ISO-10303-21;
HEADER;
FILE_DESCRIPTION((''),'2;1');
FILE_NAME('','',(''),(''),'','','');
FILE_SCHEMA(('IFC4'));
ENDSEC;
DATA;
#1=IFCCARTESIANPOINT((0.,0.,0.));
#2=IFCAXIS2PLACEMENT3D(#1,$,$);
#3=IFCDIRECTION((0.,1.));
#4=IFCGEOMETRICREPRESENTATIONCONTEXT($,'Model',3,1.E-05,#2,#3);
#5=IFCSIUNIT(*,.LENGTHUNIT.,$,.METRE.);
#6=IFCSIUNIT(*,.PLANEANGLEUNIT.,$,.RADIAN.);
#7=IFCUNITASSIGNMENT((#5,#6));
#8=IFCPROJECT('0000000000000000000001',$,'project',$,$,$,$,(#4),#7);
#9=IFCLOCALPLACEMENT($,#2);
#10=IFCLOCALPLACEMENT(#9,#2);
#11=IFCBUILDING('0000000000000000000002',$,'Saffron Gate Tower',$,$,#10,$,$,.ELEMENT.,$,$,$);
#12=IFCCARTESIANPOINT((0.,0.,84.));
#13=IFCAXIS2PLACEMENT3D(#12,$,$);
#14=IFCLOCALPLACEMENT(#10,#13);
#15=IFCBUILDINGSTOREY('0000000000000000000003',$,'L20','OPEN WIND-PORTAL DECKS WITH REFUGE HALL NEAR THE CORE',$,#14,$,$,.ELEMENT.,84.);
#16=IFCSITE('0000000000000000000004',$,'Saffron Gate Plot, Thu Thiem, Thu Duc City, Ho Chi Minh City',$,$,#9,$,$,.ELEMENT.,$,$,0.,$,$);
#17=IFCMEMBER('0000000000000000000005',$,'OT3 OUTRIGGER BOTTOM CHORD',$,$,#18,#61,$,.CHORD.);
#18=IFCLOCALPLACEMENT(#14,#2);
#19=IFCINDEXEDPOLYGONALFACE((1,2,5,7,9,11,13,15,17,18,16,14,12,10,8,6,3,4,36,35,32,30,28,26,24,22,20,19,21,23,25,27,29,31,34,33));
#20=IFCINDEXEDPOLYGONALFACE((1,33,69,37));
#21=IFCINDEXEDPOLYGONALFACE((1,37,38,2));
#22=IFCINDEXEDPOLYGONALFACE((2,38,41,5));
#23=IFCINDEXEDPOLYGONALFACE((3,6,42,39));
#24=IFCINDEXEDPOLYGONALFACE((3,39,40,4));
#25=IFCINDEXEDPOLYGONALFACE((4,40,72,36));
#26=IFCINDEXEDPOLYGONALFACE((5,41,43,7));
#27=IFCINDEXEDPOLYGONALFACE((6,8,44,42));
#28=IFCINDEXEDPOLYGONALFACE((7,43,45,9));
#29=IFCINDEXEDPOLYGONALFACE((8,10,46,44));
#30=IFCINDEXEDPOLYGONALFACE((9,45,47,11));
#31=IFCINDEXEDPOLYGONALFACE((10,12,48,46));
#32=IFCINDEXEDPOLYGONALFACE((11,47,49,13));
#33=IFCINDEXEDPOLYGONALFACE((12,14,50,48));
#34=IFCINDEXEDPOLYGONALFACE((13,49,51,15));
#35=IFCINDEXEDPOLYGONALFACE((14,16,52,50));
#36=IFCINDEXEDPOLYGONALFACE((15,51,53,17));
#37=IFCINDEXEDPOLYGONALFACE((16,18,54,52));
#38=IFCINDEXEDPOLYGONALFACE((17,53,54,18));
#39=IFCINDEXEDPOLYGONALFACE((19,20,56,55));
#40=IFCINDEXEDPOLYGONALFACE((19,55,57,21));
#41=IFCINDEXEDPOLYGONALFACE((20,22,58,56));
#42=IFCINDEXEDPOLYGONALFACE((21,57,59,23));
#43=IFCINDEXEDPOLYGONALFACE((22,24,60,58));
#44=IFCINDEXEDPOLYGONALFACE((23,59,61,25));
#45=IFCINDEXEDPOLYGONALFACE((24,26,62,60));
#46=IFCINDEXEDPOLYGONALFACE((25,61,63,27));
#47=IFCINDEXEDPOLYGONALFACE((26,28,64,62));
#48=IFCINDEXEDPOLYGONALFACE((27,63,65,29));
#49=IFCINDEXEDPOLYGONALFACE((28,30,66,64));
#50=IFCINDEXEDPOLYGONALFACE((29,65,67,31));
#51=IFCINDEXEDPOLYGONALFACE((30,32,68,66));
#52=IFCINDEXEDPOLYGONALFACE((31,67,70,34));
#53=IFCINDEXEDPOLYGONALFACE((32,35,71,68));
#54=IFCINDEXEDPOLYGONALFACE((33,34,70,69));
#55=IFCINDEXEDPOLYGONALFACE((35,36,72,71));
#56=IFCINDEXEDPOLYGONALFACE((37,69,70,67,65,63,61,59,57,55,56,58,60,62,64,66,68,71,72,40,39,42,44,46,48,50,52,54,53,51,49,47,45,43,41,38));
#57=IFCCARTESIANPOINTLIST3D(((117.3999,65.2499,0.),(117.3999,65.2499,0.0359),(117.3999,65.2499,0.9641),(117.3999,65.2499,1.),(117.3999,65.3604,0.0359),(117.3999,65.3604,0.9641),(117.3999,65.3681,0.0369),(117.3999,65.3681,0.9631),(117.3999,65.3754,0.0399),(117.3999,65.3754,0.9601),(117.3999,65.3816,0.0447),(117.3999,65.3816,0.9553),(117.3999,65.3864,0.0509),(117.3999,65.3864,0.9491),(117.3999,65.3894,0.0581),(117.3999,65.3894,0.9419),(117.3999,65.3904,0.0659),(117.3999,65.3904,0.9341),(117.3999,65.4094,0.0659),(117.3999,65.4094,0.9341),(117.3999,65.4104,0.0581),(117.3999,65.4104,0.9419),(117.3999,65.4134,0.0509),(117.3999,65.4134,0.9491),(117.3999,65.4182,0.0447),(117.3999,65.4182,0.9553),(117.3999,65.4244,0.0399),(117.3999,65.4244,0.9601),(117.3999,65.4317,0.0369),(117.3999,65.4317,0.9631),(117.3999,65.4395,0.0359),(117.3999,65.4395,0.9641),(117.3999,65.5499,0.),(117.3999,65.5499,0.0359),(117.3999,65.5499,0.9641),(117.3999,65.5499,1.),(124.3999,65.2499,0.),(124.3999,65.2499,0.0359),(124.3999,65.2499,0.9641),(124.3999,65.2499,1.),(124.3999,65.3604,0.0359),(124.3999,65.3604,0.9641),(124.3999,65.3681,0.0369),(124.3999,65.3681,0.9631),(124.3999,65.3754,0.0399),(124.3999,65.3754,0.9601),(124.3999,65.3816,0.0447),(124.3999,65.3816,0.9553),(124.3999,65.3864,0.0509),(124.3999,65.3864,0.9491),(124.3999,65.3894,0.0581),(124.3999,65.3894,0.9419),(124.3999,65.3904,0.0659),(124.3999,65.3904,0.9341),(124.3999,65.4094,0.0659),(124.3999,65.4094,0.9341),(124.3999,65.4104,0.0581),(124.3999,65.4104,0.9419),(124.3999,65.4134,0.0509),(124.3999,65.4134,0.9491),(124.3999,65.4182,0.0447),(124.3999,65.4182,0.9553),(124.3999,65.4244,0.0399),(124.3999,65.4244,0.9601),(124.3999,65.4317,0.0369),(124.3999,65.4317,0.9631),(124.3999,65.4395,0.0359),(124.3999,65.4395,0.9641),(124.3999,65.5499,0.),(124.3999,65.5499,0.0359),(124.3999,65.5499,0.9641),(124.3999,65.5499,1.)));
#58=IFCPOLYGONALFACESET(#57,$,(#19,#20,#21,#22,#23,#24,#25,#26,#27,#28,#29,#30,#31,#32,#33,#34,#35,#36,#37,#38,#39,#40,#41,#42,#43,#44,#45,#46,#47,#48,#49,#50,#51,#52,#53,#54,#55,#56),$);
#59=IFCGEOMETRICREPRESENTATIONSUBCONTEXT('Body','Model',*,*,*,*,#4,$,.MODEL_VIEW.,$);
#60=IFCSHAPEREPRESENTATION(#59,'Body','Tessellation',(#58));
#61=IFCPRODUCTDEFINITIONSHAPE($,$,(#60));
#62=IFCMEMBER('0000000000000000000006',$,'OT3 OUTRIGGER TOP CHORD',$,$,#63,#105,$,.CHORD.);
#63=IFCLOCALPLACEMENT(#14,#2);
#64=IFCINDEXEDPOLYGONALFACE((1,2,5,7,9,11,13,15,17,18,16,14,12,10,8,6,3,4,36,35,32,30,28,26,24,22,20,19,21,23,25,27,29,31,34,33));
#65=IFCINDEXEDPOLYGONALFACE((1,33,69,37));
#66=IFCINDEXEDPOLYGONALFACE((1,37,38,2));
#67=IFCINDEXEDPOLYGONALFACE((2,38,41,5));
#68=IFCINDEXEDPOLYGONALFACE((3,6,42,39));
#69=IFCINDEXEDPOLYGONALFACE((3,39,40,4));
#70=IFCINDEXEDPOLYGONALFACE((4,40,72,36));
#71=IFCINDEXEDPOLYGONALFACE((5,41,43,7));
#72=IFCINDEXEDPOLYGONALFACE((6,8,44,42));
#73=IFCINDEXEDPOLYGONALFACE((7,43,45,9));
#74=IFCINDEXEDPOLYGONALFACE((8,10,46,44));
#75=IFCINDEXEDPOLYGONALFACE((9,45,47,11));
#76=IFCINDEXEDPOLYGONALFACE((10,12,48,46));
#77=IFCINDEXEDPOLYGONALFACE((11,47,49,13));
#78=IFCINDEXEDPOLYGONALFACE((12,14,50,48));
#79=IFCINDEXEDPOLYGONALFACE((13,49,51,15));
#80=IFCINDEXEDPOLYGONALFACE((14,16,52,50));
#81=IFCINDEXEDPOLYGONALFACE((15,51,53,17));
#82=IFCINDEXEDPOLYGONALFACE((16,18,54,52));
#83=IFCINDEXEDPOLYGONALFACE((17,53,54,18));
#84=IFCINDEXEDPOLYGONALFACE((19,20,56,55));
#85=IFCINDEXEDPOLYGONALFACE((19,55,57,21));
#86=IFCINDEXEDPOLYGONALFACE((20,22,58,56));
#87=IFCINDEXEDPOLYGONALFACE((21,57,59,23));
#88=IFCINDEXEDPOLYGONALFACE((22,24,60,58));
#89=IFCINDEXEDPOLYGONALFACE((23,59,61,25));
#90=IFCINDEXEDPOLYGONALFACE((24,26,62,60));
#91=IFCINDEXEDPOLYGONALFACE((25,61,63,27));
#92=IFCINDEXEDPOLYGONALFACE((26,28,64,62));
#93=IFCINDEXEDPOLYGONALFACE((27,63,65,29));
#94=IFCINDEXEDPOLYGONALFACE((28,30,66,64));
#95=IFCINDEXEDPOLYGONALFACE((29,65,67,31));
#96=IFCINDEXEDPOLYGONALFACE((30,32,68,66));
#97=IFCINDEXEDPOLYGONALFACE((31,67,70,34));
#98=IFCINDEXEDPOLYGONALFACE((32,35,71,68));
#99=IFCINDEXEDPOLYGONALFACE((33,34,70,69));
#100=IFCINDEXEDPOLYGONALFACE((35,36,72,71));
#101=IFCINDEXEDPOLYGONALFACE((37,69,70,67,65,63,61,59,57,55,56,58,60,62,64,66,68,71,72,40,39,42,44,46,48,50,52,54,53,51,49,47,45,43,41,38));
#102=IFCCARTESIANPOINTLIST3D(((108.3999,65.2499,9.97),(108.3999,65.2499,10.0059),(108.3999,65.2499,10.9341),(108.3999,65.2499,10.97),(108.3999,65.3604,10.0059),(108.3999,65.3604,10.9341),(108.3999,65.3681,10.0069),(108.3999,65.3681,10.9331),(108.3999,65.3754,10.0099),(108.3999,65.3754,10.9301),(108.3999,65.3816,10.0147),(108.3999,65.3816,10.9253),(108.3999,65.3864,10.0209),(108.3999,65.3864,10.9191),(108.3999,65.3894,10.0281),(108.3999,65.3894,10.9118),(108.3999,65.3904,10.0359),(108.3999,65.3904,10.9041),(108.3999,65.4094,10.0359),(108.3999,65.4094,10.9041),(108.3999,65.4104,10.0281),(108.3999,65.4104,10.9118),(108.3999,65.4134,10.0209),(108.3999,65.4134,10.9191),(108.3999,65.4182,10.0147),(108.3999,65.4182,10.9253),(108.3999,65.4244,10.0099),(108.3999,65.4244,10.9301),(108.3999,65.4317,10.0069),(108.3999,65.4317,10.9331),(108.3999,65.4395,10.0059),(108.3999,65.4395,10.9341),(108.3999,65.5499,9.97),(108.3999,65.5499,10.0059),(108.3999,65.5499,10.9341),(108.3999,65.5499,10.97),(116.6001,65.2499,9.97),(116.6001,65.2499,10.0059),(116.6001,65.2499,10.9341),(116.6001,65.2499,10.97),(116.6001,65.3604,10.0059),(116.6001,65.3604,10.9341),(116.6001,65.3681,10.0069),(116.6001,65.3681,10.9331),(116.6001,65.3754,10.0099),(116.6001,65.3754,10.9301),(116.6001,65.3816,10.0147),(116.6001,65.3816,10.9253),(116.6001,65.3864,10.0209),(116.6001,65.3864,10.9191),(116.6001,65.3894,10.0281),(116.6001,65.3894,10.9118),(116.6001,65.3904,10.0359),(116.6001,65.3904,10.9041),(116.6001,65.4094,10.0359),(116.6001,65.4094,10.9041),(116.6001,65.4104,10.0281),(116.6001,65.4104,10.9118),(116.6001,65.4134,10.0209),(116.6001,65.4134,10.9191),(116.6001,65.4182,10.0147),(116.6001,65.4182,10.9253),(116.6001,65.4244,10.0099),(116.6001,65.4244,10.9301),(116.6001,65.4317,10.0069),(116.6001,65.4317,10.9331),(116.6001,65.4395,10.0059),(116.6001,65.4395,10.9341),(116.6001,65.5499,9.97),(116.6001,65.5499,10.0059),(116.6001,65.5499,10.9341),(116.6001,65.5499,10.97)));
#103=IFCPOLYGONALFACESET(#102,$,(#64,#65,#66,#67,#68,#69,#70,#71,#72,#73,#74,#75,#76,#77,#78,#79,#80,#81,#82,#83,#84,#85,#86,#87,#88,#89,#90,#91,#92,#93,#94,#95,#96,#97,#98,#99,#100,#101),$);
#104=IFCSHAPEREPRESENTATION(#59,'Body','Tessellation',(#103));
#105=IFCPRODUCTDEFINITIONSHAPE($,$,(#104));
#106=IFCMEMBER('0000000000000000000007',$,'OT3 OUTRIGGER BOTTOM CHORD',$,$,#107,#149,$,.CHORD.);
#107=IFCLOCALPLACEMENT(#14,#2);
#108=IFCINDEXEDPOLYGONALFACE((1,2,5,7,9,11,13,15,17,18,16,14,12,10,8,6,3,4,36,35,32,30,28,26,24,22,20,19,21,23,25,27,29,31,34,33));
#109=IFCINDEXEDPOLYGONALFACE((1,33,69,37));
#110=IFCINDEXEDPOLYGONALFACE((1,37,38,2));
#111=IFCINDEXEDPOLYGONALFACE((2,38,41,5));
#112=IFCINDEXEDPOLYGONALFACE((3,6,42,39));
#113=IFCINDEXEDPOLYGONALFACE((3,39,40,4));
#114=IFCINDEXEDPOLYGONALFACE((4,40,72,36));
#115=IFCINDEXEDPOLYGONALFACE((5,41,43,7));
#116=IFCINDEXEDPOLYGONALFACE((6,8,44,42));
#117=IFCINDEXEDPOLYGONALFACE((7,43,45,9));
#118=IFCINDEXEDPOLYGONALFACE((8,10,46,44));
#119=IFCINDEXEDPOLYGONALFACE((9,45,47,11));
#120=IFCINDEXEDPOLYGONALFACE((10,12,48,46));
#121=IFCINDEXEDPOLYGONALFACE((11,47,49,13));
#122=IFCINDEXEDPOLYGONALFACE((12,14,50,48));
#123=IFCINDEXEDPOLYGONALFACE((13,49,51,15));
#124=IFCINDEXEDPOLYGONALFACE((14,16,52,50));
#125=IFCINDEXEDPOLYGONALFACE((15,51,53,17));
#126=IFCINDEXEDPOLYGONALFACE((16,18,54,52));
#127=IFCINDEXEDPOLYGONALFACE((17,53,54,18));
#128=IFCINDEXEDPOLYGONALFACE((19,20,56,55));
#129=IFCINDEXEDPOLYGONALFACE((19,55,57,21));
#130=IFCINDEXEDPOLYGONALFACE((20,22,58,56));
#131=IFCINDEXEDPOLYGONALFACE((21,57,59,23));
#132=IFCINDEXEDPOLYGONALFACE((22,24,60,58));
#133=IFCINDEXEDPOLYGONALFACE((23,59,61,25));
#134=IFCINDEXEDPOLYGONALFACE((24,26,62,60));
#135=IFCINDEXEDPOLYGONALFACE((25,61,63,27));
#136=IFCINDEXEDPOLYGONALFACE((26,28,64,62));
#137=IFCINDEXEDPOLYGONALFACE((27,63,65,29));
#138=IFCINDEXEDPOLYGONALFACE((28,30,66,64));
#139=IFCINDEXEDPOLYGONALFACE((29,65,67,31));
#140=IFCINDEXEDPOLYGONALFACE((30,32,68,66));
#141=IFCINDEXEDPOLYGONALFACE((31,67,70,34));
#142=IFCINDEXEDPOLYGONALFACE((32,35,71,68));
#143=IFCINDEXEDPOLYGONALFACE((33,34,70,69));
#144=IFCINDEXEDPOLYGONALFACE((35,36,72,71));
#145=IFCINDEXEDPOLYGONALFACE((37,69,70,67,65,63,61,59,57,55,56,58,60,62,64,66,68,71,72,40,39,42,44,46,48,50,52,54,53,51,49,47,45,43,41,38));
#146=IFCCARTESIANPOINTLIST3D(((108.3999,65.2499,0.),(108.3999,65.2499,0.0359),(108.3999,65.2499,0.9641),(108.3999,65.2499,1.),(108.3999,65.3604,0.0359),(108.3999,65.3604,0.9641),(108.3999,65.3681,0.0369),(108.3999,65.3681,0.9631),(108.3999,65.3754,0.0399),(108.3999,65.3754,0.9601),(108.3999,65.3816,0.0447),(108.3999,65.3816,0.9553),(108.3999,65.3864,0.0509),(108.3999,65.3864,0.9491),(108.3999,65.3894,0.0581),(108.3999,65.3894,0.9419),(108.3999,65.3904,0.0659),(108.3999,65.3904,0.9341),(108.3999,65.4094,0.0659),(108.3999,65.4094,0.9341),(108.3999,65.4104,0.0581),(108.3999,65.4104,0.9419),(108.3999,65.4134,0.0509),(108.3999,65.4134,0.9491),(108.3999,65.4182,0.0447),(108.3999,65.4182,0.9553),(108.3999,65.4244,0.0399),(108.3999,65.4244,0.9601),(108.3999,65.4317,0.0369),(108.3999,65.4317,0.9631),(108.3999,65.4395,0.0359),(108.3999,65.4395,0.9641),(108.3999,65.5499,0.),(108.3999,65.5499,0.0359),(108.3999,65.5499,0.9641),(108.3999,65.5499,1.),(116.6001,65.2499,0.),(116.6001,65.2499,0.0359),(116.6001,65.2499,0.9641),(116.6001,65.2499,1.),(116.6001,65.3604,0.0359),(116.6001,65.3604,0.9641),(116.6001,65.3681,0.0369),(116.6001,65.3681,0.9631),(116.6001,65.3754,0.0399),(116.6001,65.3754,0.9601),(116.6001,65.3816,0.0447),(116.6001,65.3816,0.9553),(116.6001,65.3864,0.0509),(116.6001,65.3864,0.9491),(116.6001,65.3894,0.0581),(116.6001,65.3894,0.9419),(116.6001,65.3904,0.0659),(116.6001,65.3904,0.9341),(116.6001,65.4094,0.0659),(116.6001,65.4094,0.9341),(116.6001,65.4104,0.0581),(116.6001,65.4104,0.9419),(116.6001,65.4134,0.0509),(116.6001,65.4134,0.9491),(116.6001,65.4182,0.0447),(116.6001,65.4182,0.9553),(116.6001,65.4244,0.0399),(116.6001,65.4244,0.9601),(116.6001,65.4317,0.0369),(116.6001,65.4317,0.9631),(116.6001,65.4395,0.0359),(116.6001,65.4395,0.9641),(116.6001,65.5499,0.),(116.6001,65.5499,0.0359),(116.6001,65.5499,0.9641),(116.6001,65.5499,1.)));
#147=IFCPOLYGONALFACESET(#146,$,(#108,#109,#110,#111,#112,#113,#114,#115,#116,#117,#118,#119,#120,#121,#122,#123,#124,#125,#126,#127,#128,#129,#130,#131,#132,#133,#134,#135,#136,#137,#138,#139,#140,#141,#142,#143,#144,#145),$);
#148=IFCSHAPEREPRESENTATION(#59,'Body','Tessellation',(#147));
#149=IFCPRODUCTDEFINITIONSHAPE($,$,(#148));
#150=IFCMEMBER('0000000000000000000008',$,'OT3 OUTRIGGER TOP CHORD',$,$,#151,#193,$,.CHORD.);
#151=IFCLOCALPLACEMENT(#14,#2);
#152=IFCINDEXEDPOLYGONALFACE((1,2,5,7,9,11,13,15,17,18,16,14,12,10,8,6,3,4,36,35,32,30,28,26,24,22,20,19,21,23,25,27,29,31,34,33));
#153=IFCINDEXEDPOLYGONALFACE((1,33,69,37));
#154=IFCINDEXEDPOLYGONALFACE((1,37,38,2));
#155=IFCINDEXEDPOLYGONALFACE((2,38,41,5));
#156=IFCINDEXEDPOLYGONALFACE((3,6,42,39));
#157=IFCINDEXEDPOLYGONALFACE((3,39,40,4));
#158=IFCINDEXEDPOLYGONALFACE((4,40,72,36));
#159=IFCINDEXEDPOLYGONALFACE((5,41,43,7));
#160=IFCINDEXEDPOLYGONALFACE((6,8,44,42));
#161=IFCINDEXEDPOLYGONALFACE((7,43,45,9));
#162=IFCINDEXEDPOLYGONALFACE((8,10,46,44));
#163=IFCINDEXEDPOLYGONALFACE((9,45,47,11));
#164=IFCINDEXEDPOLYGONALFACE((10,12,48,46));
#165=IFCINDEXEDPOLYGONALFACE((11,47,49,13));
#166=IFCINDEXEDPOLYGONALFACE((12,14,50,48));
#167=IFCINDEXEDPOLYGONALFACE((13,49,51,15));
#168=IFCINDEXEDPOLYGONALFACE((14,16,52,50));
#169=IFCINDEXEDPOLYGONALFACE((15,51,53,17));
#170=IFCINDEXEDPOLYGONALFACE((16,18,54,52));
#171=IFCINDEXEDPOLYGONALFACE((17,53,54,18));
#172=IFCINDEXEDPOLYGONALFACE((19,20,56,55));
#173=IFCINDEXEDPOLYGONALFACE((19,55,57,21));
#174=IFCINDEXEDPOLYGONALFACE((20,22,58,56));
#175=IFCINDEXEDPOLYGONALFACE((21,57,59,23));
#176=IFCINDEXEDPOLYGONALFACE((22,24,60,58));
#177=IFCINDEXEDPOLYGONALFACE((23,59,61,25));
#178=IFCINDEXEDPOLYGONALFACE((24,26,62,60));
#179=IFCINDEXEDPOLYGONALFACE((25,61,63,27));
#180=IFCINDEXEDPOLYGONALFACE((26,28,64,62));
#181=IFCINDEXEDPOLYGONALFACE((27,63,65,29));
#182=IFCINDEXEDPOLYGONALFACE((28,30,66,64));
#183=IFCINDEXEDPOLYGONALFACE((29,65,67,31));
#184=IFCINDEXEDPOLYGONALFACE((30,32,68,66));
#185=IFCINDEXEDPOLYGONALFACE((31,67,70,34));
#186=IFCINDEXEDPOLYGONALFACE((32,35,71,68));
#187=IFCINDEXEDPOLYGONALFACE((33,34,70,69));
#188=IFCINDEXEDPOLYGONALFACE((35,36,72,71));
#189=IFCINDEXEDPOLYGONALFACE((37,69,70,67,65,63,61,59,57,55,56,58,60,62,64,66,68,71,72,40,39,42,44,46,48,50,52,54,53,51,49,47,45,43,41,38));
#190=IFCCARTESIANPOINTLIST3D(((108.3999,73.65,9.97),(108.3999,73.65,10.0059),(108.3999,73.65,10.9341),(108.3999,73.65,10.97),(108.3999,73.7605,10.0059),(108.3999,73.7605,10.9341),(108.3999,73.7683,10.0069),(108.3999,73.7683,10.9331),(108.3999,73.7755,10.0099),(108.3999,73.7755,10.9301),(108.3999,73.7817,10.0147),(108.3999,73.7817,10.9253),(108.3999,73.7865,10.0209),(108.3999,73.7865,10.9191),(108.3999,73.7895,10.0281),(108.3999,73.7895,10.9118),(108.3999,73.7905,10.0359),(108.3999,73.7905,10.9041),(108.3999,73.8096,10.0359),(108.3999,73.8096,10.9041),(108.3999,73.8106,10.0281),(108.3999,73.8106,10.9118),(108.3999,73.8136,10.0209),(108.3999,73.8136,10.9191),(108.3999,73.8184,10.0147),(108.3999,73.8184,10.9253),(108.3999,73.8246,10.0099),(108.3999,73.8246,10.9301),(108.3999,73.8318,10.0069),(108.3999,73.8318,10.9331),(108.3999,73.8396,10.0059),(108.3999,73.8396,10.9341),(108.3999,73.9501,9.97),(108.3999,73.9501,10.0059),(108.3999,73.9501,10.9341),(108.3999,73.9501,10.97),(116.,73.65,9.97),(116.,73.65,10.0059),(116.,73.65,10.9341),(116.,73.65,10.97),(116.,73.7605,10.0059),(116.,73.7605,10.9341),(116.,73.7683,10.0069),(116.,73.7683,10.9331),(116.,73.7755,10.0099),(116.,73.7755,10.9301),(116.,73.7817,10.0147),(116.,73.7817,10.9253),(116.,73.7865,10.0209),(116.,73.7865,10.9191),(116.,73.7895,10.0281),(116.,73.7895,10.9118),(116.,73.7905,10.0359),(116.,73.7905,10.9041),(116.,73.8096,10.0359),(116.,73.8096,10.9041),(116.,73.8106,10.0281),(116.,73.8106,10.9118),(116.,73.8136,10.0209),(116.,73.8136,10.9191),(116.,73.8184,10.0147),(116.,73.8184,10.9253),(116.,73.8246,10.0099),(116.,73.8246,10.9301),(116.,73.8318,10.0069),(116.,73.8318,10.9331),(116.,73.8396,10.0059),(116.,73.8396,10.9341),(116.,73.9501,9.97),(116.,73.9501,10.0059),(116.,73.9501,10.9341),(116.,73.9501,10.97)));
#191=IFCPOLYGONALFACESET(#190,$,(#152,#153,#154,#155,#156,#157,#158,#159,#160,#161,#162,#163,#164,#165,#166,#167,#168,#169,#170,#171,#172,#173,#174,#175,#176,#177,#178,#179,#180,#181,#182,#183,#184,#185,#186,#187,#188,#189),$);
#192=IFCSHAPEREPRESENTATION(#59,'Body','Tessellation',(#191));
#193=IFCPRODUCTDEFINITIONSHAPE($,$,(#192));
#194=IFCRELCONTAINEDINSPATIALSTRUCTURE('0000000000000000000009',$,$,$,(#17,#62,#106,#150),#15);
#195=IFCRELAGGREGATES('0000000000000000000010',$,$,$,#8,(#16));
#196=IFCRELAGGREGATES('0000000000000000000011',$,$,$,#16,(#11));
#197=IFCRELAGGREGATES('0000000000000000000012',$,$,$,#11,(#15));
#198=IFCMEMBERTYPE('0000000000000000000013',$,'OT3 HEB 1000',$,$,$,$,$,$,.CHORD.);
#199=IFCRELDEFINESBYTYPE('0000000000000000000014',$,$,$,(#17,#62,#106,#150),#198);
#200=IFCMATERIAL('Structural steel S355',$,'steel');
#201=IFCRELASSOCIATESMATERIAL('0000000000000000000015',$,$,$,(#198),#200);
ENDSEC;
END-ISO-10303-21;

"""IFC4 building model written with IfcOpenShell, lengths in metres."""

from ifc_helpers import new_model, si_unit, direction, frame, origin, origin_2d, place, context, subcontext, project, spatial, i_section, extrude, material, material_profile, profile_set, type_object, element, save


model = new_model("IFC4")

# Units and contexts
model_context = context("Model", 3, precision=1e-05, world=origin(), true_north=direction((0.0, 1.0)))
body_context = subcontext(model_context, "Body", "Model", "MODEL_VIEW")
ifc_project = project(units=[si_unit("LENGTHUNIT", "METRE"), si_unit("PLANEANGLEUNIT", "RADIAN")], contexts=[model_context])

# Site, building, storey
site_placement = place(None, origin())
site = spatial("IfcSite", under=ifc_project, at=site_placement, Name="Saffron Gate Plot, Thu Thiem, Thu Duc City, Ho Chi Minh City", CompositionType="ELEMENT", RefElevation=0.0)
building_placement = place(site_placement, origin())
building = spatial("IfcBuilding", under=site, at=building_placement, Name="Saffron Gate Tower", CompositionType="ELEMENT")
storey_placement = place(building_placement, frame((0.0, 0.0, 84.0)))
storey = spatial("IfcBuildingStorey", under=building, at=storey_placement, Name="L20", Description="OPEN WIND-PORTAL DECKS WITH REFUGE HALL NEAR THE CORE", CompositionType="ELEMENT", Elevation=84.0)

# Shared definitions
ifc_material_1 = material(Name="Structural steel S355", Category="steel")

# Members
ifc_material_profile_1 = material_profile(ifc_material_1, i_section(OverallWidth=0.3, OverallDepth=1.0, WebThickness=0.019, FlangeThickness=0.0359, FilletRadius=0.03, at=origin_2d()))
ifc_profile_set_1 = profile_set([ifc_material_profile_1], Name="Structural steel S355")
member_type_1 = type_object("IfcMemberType", Name="OT3 HEB 1000", PredefinedType="CHORD", material=ifc_profile_set_1)
for number, where, z_axis, x_axis, name in (
    (1, (124.3999, 65.3999, 0.5), (-1.0, 0.0, 0.0), (0.0, -1.0, 0.0), "OT3 OUTRIGGER BOTTOM CHORD"),
):
    element("IfcMember", number, at=place(storey_placement, frame(where, z_axis=z_axis, x_axis=x_axis)), inside=storey, type_object=member_type_1, Name=name, PredefinedType="CHORD", context=body_context, shape_type="SweptSolid", body=[
        extrude(i_section(OverallWidth=0.3, OverallDepth=1.0, WebThickness=0.019, FlangeThickness=0.0359, FilletRadius=0.03, at=origin_2d()), origin(), (0.0, 0.0, 1.0), 7.0),
    ])
for number, where, z_axis, x_axis, name in (
    (2, (116.6001, 65.3999, 10.47), (-1.0, 0.0, 0.0), (0.0, -1.0, 0.0), "OT3 OUTRIGGER TOP CHORD"),
    (3, (116.6001, 65.3999, 0.5), (-1.0, 0.0, 0.0), (0.0, -1.0, 0.0), "OT3 OUTRIGGER BOTTOM CHORD"),
):
    element("IfcMember", number, at=place(storey_placement, frame(where, z_axis=z_axis, x_axis=x_axis)), inside=storey, type_object=member_type_1, Name=name, PredefinedType="CHORD", context=body_context, shape_type="SweptSolid", body=[
        extrude(i_section(OverallWidth=0.3, OverallDepth=1.0, WebThickness=0.019, FlangeThickness=0.0359, FilletRadius=0.03, at=origin_2d()), origin(), (0.0, 0.0, 1.0), 8.2002),
    ])
for number, where, z_axis, x_axis, name in (
    (4, (116.0, 73.8, 10.47), (-1.0, 0.0, 0.0), (0.0, -1.0, 0.0), "OT3 OUTRIGGER TOP CHORD"),
):
    element("IfcMember", number, at=place(storey_placement, frame(where, z_axis=z_axis, x_axis=x_axis)), inside=storey, type_object=member_type_1, Name=name, PredefinedType="CHORD", context=body_context, shape_type="SweptSolid", body=[
        extrude(i_section(OverallWidth=0.3, OverallDepth=1.0, WebThickness=0.019, FlangeThickness=0.0359, FilletRadius=0.03, at=origin_2d()), origin(), (0.0, 0.0, 1.0), 7.6001),
    ])

save(model, "model.ifc")
